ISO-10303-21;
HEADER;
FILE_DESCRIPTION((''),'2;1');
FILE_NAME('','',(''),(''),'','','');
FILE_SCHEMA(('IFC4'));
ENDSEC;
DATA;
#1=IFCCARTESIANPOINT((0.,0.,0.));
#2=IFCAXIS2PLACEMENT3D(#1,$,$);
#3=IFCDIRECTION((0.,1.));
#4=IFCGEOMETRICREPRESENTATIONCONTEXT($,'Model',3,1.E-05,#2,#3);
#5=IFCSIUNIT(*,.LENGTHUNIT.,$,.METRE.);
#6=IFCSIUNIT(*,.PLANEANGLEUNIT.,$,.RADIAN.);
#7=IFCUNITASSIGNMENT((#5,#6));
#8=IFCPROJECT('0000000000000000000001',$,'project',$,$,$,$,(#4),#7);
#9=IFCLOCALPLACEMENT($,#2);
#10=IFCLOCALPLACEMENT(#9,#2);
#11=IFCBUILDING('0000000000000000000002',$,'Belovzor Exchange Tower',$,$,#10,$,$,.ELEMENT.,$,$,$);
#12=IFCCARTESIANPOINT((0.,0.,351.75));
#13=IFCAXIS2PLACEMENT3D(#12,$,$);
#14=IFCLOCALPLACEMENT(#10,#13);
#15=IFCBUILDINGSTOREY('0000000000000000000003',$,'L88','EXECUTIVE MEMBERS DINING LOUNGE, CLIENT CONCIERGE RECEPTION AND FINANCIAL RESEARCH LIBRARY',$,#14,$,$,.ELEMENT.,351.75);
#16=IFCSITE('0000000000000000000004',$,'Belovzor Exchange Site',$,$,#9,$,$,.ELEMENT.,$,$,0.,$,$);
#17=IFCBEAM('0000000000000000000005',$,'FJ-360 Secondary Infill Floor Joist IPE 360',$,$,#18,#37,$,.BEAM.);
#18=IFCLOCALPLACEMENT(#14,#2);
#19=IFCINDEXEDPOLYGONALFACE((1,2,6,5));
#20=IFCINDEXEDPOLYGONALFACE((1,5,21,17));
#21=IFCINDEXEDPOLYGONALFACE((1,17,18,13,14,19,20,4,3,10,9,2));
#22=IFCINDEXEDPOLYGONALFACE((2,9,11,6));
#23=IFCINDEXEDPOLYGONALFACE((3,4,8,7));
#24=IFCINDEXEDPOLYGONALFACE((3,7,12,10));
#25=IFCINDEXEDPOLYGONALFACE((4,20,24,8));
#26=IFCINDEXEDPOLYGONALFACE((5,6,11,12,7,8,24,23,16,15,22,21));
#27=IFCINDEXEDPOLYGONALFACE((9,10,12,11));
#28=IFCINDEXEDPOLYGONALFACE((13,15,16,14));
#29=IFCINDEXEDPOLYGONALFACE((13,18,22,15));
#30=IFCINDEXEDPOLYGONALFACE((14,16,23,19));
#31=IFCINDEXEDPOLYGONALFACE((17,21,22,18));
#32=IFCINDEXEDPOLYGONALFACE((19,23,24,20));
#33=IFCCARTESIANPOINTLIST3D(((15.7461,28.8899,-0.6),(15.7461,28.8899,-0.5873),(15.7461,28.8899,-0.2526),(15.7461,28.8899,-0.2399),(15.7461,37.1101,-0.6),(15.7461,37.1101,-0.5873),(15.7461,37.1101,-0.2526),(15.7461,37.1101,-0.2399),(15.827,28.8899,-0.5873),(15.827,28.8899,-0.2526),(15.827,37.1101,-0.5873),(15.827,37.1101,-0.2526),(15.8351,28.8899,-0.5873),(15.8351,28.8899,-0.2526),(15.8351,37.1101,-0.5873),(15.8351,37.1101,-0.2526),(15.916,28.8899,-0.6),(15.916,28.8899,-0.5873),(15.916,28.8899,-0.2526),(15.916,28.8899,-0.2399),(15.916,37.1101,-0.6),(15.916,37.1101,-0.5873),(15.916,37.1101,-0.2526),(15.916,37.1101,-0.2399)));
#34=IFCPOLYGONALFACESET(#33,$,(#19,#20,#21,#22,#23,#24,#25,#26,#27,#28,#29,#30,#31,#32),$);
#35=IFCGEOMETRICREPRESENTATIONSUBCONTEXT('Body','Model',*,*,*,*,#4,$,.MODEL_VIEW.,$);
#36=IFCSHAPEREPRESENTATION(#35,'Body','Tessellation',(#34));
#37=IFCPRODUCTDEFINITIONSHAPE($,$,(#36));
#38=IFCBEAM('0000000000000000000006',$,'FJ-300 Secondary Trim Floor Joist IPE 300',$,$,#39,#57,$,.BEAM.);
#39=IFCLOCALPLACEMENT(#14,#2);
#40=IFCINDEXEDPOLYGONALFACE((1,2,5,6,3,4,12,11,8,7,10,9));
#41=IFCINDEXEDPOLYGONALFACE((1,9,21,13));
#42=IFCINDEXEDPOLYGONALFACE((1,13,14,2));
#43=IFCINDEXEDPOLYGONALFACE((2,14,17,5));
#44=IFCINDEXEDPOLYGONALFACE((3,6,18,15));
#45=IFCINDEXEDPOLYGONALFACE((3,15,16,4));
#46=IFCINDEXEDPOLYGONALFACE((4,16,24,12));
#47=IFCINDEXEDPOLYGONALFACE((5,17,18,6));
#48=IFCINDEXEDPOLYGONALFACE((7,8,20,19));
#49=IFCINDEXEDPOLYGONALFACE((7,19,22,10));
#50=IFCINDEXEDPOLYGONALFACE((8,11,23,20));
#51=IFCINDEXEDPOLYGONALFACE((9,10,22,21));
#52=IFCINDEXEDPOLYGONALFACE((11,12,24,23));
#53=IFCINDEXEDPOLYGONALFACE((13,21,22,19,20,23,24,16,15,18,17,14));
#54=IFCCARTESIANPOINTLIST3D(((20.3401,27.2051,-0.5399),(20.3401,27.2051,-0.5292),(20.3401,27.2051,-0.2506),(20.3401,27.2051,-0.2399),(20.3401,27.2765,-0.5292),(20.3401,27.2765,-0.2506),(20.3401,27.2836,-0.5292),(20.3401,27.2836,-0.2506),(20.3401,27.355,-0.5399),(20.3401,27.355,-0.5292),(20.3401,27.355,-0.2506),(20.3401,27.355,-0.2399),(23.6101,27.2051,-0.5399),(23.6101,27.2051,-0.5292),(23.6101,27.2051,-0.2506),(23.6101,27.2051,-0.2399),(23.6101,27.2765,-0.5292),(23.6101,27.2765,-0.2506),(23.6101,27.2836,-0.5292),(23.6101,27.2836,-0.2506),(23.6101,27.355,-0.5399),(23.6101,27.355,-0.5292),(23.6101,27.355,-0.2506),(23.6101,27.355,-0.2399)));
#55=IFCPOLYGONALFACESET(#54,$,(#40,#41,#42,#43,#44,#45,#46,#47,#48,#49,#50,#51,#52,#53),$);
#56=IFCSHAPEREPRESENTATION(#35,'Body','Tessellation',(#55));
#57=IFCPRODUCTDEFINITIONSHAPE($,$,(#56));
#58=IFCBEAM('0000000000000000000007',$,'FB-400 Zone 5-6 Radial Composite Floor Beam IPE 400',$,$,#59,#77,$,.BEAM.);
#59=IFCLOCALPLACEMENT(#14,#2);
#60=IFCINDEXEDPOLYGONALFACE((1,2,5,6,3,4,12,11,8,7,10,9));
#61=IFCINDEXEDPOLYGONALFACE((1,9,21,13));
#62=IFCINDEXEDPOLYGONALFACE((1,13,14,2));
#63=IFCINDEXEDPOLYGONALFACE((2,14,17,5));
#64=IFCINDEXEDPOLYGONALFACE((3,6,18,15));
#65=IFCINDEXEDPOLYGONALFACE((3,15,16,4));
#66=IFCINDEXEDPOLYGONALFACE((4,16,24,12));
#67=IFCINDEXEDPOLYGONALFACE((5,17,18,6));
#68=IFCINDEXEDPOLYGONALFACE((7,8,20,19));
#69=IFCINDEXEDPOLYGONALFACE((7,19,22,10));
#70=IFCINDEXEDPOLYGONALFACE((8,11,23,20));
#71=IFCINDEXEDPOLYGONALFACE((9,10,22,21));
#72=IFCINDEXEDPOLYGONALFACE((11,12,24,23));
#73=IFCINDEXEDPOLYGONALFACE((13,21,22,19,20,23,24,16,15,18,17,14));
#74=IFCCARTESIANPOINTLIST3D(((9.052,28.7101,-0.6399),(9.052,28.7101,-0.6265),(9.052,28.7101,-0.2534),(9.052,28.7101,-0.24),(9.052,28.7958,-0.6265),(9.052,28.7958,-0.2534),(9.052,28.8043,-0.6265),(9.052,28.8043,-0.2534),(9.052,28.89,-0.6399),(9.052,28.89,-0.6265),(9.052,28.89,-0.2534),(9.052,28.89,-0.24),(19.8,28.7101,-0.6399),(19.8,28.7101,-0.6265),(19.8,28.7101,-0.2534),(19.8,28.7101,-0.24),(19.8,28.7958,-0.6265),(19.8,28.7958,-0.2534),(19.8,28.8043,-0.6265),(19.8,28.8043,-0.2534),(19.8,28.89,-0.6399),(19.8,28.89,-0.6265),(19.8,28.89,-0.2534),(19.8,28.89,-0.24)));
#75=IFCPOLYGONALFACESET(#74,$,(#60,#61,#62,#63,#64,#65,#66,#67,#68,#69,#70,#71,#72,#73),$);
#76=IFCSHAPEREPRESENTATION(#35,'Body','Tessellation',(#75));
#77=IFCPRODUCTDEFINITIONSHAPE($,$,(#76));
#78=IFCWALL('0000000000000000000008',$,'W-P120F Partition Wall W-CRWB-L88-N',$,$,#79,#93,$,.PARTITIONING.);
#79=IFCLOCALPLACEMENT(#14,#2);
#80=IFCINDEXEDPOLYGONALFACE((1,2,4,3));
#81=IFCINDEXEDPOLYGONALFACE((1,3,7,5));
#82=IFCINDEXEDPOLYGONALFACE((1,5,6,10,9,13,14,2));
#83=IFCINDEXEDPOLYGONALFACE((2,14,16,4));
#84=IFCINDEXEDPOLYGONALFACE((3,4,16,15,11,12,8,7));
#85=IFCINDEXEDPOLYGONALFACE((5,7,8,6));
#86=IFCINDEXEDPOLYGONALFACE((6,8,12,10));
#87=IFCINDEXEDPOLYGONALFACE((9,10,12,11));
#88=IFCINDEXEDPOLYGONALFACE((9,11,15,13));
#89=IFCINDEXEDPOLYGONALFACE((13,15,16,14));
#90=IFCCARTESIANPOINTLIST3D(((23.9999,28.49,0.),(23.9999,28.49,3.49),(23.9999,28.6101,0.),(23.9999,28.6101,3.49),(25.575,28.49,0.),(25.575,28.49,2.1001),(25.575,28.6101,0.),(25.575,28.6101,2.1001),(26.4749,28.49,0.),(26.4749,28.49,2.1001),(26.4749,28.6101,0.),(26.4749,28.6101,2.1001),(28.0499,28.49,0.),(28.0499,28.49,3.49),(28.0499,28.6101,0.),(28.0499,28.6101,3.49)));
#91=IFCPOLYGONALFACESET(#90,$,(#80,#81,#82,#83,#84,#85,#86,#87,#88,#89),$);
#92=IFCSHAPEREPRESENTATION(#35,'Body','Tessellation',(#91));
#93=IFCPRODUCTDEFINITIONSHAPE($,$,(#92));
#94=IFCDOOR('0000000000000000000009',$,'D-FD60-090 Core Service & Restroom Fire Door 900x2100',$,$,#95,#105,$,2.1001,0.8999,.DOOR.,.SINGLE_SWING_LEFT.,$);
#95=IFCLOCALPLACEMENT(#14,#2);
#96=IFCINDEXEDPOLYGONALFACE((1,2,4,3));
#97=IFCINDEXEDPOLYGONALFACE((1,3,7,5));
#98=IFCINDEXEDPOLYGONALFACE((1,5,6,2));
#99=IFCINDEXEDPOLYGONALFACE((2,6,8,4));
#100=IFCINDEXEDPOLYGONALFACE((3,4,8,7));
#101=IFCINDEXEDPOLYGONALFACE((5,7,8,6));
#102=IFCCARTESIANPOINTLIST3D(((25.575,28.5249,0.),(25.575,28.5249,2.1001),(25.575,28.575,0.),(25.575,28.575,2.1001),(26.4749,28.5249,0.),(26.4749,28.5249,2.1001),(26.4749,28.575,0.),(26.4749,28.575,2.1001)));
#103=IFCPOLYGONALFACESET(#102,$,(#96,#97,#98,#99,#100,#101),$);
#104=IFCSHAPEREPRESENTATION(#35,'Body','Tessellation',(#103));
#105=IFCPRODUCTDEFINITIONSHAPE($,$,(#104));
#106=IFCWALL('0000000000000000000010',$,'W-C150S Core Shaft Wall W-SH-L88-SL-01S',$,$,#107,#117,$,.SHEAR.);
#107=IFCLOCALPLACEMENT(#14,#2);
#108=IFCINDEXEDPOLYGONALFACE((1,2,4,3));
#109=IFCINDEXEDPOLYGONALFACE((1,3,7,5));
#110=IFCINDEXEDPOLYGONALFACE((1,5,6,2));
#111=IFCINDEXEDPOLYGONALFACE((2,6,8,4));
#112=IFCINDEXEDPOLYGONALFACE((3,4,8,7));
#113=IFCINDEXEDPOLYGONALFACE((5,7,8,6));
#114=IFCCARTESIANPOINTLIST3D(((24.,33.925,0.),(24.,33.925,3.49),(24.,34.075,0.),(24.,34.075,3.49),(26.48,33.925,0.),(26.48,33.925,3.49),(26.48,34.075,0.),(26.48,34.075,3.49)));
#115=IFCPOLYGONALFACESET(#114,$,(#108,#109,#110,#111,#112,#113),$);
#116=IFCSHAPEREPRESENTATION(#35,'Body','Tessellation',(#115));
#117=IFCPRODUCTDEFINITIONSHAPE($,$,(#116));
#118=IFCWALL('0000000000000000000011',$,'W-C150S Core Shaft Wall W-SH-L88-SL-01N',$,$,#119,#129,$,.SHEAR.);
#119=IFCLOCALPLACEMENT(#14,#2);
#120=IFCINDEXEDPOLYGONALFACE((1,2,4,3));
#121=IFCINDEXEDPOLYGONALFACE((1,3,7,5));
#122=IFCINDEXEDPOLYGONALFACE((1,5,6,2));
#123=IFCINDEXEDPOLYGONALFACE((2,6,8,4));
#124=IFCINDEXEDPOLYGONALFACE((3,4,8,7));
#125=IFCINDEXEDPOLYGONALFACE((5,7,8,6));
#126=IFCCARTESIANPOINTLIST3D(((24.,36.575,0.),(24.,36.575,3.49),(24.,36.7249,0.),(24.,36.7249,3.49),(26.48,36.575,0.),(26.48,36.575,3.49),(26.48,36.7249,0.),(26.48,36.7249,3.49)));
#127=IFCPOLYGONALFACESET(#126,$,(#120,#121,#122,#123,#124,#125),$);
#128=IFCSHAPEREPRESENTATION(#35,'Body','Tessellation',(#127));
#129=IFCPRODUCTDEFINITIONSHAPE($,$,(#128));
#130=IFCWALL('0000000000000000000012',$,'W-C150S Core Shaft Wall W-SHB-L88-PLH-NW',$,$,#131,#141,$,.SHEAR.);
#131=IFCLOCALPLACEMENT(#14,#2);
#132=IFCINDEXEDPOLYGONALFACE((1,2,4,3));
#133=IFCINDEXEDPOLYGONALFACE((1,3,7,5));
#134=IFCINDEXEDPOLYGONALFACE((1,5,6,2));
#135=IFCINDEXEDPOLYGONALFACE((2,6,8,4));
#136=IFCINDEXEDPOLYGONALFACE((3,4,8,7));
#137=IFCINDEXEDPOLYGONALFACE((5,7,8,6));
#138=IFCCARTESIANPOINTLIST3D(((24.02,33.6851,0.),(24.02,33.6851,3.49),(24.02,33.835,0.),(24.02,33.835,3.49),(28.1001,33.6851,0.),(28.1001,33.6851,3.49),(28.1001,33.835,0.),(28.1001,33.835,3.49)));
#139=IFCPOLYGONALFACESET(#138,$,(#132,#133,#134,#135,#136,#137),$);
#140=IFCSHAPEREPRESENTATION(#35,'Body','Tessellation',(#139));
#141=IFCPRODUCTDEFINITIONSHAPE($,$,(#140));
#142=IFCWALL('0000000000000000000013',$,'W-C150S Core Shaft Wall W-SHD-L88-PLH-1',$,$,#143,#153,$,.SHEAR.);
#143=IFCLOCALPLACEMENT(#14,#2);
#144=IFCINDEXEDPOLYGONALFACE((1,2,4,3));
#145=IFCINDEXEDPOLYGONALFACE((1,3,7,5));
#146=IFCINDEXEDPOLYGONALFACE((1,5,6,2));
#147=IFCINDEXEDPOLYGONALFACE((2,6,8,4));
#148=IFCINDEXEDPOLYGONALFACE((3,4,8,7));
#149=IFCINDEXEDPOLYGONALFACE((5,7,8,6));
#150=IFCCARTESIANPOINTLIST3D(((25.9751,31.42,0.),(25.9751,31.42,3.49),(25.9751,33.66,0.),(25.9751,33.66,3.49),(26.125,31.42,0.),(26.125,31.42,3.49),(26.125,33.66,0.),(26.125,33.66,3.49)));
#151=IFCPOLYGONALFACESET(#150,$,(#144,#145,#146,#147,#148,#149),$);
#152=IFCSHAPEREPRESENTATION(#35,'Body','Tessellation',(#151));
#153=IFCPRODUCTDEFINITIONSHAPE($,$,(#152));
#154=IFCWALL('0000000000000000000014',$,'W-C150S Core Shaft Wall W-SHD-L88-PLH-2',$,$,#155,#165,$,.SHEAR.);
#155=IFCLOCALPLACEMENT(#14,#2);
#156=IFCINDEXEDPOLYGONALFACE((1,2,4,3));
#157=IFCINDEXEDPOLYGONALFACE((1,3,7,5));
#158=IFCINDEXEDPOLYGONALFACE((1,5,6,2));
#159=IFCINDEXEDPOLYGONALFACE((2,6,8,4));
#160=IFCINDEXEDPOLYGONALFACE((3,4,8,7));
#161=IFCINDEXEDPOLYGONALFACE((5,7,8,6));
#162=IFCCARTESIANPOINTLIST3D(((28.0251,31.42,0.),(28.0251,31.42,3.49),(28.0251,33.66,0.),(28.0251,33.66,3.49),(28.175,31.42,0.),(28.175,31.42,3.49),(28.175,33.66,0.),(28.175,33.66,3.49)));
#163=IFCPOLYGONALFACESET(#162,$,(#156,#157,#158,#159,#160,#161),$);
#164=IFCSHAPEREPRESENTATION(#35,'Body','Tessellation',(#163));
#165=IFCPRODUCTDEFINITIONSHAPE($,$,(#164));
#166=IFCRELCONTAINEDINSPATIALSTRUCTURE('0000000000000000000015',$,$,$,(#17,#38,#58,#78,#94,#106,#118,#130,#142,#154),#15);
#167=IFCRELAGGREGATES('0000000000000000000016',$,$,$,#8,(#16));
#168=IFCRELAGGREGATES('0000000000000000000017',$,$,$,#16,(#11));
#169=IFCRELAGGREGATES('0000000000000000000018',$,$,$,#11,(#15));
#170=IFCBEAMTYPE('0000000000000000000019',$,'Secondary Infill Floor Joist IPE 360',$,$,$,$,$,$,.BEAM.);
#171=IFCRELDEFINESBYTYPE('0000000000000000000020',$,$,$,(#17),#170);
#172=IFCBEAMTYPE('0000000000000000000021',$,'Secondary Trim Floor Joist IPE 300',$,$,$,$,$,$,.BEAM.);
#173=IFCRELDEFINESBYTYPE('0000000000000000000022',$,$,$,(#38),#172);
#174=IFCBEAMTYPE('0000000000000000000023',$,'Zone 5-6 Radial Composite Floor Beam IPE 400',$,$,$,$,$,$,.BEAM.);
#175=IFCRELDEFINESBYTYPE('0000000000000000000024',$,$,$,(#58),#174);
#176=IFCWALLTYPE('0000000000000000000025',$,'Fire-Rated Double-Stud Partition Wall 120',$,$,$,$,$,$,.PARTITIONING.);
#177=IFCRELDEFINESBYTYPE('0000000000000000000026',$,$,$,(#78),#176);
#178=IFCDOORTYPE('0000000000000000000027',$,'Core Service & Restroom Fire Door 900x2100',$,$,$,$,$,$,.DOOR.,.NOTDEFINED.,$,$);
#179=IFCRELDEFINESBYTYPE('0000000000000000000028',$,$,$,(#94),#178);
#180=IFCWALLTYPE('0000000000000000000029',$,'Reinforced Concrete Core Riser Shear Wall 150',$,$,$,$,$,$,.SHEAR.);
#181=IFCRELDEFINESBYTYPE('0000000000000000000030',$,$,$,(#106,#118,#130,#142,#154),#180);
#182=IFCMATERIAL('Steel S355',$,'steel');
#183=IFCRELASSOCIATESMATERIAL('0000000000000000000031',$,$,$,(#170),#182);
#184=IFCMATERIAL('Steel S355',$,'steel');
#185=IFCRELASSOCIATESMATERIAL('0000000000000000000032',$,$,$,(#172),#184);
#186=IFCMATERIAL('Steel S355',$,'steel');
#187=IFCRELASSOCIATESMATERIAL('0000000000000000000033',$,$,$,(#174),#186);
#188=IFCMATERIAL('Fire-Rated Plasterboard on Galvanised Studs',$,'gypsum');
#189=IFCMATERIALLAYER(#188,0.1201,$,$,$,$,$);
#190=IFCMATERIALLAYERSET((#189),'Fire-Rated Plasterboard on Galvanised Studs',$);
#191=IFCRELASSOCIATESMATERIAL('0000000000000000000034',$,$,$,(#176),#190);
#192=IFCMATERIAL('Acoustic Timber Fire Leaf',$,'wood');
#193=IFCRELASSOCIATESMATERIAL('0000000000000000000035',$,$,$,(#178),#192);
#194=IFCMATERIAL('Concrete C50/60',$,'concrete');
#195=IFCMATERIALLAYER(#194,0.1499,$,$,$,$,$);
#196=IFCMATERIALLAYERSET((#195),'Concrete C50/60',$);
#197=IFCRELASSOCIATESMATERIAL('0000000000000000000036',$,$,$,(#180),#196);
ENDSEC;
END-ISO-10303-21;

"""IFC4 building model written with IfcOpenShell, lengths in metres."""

from ifc_helpers import new_model, si_unit, direction, frame, frame_2d, origin, origin_2d, place, context, subcontext, project, spatial, rectangle, i_section, extrude, material, layer, layer_set, material_profile, profile_set, type_object, element, fill, save


model = new_model("IFC4")

# Units and contexts
model_context = context("Model", 3, precision=1e-05, world=origin(), true_north=direction((0.0, 1.0)))
body_context = subcontext(model_context, "Body", "Model", "MODEL_VIEW")
ifc_project = project(units=[si_unit("LENGTHUNIT", "METRE"), si_unit("PLANEANGLEUNIT", "RADIAN")], contexts=[model_context])

# Site, building, storey
site_placement = place(None, origin())
site = spatial("IfcSite", under=ifc_project, at=site_placement, Name="Belovzor Exchange Site", CompositionType="ELEMENT", RefElevation=0.0)
building_placement = place(site_placement, origin())
building = spatial("IfcBuilding", under=site, at=building_placement, Name="Belovzor Exchange Tower", CompositionType="ELEMENT")
storey_placement = place(building_placement, frame((0.0, 0.0, 351.75)))
storey = spatial("IfcBuildingStorey", under=building, at=storey_placement, Name="L88", Description="EXECUTIVE MEMBERS DINING LOUNGE, CLIENT CONCIERGE RECEPTION AND FINANCIAL RESEARCH LIBRARY", CompositionType="ELEMENT", Elevation=351.75)

# Beams
ifc_material_1 = material(Name="Steel S355", Category="steel")
ifc_material_profile_1 = material_profile(ifc_material_1, i_section(OverallWidth=0.1699, OverallDepth=0.3601, WebThickness=0.0081, FlangeThickness=0.0127, at=origin_2d()))
ifc_profile_set_1 = profile_set([ifc_material_profile_1], Name="Steel S355")
beam_type_1 = type_object("IfcBeamType", Name="Secondary Infill Floor Joist IPE 360", PredefinedType="BEAM", material=ifc_profile_set_1)
beam_1_placement = place(storey_placement, frame((15.8311, 28.8899, -0.4199), z_axis=(0.0, 1.0, 0.0), x_axis=(-1.0, 0.0, 0.0)))
element("IfcBeam", 1, at=beam_1_placement, inside=storey, type_object=beam_type_1, Name="FJ-360 Secondary Infill Floor Joist IPE 360", PredefinedType="BEAM", context=body_context, shape_type="SweptSolid", body=[
    extrude(i_section(OverallWidth=0.1699, OverallDepth=0.3601, WebThickness=0.0081, FlangeThickness=0.0127, at=origin_2d()), origin(), (0.0, 0.0, 1.0), 8.2202),
])
ifc_material_2 = material(Name="Steel S355", Category="steel")
ifc_material_profile_2 = material_profile(ifc_material_2, i_section(OverallWidth=0.1499, OverallDepth=0.3, WebThickness=0.0071, FlangeThickness=0.0107, at=origin_2d()))
ifc_profile_set_2 = profile_set([ifc_material_profile_2], Name="Steel S355")
beam_type_2 = type_object("IfcBeamType", Name="Secondary Trim Floor Joist IPE 300", PredefinedType="BEAM", material=ifc_profile_set_2)
beam_2_placement = place(storey_placement, frame((20.3401, 27.28, -0.3899), z_axis=(1.0, 0.0, 0.0), x_axis=(0.0, 1.0, 0.0)))
element("IfcBeam", 2, at=beam_2_placement, inside=storey, type_object=beam_type_2, Name="FJ-300 Secondary Trim Floor Joist IPE 300", PredefinedType="BEAM", context=body_context, shape_type="SweptSolid", body=[
    extrude(i_section(OverallWidth=0.1499, OverallDepth=0.3, WebThickness=0.0071, FlangeThickness=0.0107, at=origin_2d()), origin(), (0.0, 0.0, 1.0), 3.27),
])
ifc_material_3 = material(Name="Steel S355", Category="steel")
ifc_material_profile_3 = material_profile(ifc_material_3, i_section(OverallWidth=0.1799, OverallDepth=0.3999, WebThickness=0.0085, FlangeThickness=0.0134, at=origin_2d()))
ifc_profile_set_3 = profile_set([ifc_material_profile_3], Name="Steel S355")
beam_type_3 = type_object("IfcBeamType", Name="Zone 5-6 Radial Composite Floor Beam IPE 400", PredefinedType="BEAM", material=ifc_profile_set_3)
beam_3_placement = place(storey_placement, frame((19.8, 28.8, -0.4399), z_axis=(-1.0, 0.0, 0.0), x_axis=(0.0, -1.0, 0.0)))
element("IfcBeam", 3, at=beam_3_placement, inside=storey, type_object=beam_type_3, Name="FB-400 Zone 5-6 Radial Composite Floor Beam IPE 400", PredefinedType="BEAM", context=body_context, shape_type="SweptSolid", body=[
    extrude(i_section(OverallWidth=0.1799, OverallDepth=0.3999, WebThickness=0.0085, FlangeThickness=0.0134, at=origin_2d()), origin(), (0.0, 0.0, 1.0), 10.748),
])

# Wall, opening, door
ifc_material_4 = material(Name="Fire-Rated Plasterboard on Galvanised Studs", Category="gypsum")
ifc_layer_1 = layer(ifc_material_4, 0.1201)
ifc_layer_set_1 = layer_set([ifc_layer_1], Name="Fire-Rated Plasterboard on Galvanised Studs")
wall_type_1 = type_object("IfcWallType", Name="Fire-Rated Double-Stud Partition Wall 120", PredefinedType="PARTITIONING", material=ifc_layer_set_1)
wall_1_placement = place(storey_placement, frame((24.0, 28.55, 0.0), z_axis=(0.0, 0.0, 1.0), x_axis=(1.0, 0.0, 0.0)))
wall_1 = element("IfcWall", 4, at=wall_1_placement, inside=storey, type_object=wall_type_1, Name="W-P120F Partition Wall W-CRWB-L88-N", PredefinedType="PARTITIONING", context=body_context, shape_type="SweptSolid", body=[
    extrude(rectangle(XDim=4.05, YDim=0.1201, at=frame_2d((2.0249, 0.0))), origin(), (0.0, 0.0, 1.0), 3.49),
])
opening_1_placement = place(wall_1_placement, frame((1.575, 0.0, 0.0)))
opening_1 = element("IfcOpeningElement", 5, at=opening_1_placement, cuts=wall_1, PredefinedType="OPENING", context=body_context, shape_type="SweptSolid", body=[
    extrude(rectangle(XDim=0.8999, YDim=2.1001, at=frame_2d((0.45, 1.05))), frame((0.0, 0.0701, 0.0), z_axis=(0.0, -1.0, 0.0), x_axis=(1.0, 0.0, 0.0)), (0.0, 0.0, 1.0), 0.1401),
])
ifc_material_5 = material(Name="Acoustic Timber Fire Leaf", Category="wood")
door_type_1 = type_object("IfcDoorType", Name="Core Service & Restroom Fire Door 900x2100", OperationType="NOTDEFINED", PredefinedType="DOOR", material=ifc_material_5)
door_1_placement = place(opening_1_placement, origin())
door_1 = element("IfcDoor", 6, at=door_1_placement, inside=storey, type_object=door_type_1, Name="D-FD60-090 Core Service & Restroom Fire Door 900x2100", OperationType="SINGLE_SWING_LEFT", OverallHeight=2.1001, OverallWidth=0.8999, PredefinedType="DOOR", context=body_context, shape_type="SweptSolid", body=[
    extrude(rectangle(XDim=0.8999, YDim=2.1001, at=frame_2d((0.45, 1.05))), frame((0.0, 0.0249, 0.0), z_axis=(0.0, -1.0, 0.0), x_axis=(1.0, 0.0, 0.0)), (0.0, 0.0, 1.0), 0.05),
])
fill(opening_1, door_1)

# Walls
ifc_material_6 = material(Name="Concrete C50/60", Category="concrete")
ifc_layer_2 = layer(ifc_material_6, 0.1499)
ifc_layer_set_2 = layer_set([ifc_layer_2], Name="Concrete C50/60")
wall_type_2 = type_object("IfcWallType", Name="Reinforced Concrete Core Riser Shear Wall 150", PredefinedType="SHEAR", material=ifc_layer_set_2)
for number, where, z_axis, x_axis, name in (
    (7, (24.0, 34.0, 0.0), (0.0, 0.0, 1.0), (1.0, 0.0, 0.0), "W-C150S Core Shaft Wall W-SH-L88-SL-01S"),
    (8, (24.0, 36.6499, 0.0), (0.0, 0.0, 1.0), (1.0, 0.0, 0.0), "W-C150S Core Shaft Wall W-SH-L88-SL-01N"),
):
    element("IfcWall", number, at=place(storey_placement, frame(where, z_axis=z_axis, x_axis=x_axis)), inside=storey, type_object=wall_type_2, Name=name, PredefinedType="SHEAR", context=body_context, shape_type="SweptSolid", body=[
        extrude(rectangle(XDim=2.48, YDim=0.1499, at=frame_2d((1.24, 0.0))), origin(), (0.0, 0.0, 1.0), 3.49),
    ])
wall_2_placement = place(storey_placement, frame((24.02, 33.76, 0.0), z_axis=(0.0, 0.0, 1.0), x_axis=(1.0, 0.0, 0.0)))
element("IfcWall", 9, at=wall_2_placement, inside=storey, type_object=wall_type_2, Name="W-C150S Core Shaft Wall W-SHB-L88-PLH-NW", PredefinedType="SHEAR", context=body_context, shape_type="SweptSolid", body=[
    extrude(rectangle(XDim=4.0801, YDim=0.1499, at=frame_2d((2.04, 0.0))), origin(), (0.0, 0.0, 1.0), 3.49),
])
for number, where, z_axis, x_axis, name in (
    (10, (26.05, 31.4199, 0.0), (0.0, 0.0, 1.0), (0.0, 1.0, 0.0), "W-C150S Core Shaft Wall W-SHD-L88-PLH-1"),
    (11, (28.1001, 31.4199, 0.0), (0.0, 0.0, 1.0), (0.0, 1.0, 0.0), "W-C150S Core Shaft Wall W-SHD-L88-PLH-2"),
):
    element("IfcWall", number, at=place(storey_placement, frame(where, z_axis=z_axis, x_axis=x_axis)), inside=storey, type_object=wall_type_2, Name=name, PredefinedType="SHEAR", context=body_context, shape_type="SweptSolid", body=[
        extrude(rectangle(XDim=2.24, YDim=0.1499, at=frame_2d((1.1201, 0.0))), origin(), (0.0, 0.0, 1.0), 3.49),
    ])

save(model, "model.ifc")
